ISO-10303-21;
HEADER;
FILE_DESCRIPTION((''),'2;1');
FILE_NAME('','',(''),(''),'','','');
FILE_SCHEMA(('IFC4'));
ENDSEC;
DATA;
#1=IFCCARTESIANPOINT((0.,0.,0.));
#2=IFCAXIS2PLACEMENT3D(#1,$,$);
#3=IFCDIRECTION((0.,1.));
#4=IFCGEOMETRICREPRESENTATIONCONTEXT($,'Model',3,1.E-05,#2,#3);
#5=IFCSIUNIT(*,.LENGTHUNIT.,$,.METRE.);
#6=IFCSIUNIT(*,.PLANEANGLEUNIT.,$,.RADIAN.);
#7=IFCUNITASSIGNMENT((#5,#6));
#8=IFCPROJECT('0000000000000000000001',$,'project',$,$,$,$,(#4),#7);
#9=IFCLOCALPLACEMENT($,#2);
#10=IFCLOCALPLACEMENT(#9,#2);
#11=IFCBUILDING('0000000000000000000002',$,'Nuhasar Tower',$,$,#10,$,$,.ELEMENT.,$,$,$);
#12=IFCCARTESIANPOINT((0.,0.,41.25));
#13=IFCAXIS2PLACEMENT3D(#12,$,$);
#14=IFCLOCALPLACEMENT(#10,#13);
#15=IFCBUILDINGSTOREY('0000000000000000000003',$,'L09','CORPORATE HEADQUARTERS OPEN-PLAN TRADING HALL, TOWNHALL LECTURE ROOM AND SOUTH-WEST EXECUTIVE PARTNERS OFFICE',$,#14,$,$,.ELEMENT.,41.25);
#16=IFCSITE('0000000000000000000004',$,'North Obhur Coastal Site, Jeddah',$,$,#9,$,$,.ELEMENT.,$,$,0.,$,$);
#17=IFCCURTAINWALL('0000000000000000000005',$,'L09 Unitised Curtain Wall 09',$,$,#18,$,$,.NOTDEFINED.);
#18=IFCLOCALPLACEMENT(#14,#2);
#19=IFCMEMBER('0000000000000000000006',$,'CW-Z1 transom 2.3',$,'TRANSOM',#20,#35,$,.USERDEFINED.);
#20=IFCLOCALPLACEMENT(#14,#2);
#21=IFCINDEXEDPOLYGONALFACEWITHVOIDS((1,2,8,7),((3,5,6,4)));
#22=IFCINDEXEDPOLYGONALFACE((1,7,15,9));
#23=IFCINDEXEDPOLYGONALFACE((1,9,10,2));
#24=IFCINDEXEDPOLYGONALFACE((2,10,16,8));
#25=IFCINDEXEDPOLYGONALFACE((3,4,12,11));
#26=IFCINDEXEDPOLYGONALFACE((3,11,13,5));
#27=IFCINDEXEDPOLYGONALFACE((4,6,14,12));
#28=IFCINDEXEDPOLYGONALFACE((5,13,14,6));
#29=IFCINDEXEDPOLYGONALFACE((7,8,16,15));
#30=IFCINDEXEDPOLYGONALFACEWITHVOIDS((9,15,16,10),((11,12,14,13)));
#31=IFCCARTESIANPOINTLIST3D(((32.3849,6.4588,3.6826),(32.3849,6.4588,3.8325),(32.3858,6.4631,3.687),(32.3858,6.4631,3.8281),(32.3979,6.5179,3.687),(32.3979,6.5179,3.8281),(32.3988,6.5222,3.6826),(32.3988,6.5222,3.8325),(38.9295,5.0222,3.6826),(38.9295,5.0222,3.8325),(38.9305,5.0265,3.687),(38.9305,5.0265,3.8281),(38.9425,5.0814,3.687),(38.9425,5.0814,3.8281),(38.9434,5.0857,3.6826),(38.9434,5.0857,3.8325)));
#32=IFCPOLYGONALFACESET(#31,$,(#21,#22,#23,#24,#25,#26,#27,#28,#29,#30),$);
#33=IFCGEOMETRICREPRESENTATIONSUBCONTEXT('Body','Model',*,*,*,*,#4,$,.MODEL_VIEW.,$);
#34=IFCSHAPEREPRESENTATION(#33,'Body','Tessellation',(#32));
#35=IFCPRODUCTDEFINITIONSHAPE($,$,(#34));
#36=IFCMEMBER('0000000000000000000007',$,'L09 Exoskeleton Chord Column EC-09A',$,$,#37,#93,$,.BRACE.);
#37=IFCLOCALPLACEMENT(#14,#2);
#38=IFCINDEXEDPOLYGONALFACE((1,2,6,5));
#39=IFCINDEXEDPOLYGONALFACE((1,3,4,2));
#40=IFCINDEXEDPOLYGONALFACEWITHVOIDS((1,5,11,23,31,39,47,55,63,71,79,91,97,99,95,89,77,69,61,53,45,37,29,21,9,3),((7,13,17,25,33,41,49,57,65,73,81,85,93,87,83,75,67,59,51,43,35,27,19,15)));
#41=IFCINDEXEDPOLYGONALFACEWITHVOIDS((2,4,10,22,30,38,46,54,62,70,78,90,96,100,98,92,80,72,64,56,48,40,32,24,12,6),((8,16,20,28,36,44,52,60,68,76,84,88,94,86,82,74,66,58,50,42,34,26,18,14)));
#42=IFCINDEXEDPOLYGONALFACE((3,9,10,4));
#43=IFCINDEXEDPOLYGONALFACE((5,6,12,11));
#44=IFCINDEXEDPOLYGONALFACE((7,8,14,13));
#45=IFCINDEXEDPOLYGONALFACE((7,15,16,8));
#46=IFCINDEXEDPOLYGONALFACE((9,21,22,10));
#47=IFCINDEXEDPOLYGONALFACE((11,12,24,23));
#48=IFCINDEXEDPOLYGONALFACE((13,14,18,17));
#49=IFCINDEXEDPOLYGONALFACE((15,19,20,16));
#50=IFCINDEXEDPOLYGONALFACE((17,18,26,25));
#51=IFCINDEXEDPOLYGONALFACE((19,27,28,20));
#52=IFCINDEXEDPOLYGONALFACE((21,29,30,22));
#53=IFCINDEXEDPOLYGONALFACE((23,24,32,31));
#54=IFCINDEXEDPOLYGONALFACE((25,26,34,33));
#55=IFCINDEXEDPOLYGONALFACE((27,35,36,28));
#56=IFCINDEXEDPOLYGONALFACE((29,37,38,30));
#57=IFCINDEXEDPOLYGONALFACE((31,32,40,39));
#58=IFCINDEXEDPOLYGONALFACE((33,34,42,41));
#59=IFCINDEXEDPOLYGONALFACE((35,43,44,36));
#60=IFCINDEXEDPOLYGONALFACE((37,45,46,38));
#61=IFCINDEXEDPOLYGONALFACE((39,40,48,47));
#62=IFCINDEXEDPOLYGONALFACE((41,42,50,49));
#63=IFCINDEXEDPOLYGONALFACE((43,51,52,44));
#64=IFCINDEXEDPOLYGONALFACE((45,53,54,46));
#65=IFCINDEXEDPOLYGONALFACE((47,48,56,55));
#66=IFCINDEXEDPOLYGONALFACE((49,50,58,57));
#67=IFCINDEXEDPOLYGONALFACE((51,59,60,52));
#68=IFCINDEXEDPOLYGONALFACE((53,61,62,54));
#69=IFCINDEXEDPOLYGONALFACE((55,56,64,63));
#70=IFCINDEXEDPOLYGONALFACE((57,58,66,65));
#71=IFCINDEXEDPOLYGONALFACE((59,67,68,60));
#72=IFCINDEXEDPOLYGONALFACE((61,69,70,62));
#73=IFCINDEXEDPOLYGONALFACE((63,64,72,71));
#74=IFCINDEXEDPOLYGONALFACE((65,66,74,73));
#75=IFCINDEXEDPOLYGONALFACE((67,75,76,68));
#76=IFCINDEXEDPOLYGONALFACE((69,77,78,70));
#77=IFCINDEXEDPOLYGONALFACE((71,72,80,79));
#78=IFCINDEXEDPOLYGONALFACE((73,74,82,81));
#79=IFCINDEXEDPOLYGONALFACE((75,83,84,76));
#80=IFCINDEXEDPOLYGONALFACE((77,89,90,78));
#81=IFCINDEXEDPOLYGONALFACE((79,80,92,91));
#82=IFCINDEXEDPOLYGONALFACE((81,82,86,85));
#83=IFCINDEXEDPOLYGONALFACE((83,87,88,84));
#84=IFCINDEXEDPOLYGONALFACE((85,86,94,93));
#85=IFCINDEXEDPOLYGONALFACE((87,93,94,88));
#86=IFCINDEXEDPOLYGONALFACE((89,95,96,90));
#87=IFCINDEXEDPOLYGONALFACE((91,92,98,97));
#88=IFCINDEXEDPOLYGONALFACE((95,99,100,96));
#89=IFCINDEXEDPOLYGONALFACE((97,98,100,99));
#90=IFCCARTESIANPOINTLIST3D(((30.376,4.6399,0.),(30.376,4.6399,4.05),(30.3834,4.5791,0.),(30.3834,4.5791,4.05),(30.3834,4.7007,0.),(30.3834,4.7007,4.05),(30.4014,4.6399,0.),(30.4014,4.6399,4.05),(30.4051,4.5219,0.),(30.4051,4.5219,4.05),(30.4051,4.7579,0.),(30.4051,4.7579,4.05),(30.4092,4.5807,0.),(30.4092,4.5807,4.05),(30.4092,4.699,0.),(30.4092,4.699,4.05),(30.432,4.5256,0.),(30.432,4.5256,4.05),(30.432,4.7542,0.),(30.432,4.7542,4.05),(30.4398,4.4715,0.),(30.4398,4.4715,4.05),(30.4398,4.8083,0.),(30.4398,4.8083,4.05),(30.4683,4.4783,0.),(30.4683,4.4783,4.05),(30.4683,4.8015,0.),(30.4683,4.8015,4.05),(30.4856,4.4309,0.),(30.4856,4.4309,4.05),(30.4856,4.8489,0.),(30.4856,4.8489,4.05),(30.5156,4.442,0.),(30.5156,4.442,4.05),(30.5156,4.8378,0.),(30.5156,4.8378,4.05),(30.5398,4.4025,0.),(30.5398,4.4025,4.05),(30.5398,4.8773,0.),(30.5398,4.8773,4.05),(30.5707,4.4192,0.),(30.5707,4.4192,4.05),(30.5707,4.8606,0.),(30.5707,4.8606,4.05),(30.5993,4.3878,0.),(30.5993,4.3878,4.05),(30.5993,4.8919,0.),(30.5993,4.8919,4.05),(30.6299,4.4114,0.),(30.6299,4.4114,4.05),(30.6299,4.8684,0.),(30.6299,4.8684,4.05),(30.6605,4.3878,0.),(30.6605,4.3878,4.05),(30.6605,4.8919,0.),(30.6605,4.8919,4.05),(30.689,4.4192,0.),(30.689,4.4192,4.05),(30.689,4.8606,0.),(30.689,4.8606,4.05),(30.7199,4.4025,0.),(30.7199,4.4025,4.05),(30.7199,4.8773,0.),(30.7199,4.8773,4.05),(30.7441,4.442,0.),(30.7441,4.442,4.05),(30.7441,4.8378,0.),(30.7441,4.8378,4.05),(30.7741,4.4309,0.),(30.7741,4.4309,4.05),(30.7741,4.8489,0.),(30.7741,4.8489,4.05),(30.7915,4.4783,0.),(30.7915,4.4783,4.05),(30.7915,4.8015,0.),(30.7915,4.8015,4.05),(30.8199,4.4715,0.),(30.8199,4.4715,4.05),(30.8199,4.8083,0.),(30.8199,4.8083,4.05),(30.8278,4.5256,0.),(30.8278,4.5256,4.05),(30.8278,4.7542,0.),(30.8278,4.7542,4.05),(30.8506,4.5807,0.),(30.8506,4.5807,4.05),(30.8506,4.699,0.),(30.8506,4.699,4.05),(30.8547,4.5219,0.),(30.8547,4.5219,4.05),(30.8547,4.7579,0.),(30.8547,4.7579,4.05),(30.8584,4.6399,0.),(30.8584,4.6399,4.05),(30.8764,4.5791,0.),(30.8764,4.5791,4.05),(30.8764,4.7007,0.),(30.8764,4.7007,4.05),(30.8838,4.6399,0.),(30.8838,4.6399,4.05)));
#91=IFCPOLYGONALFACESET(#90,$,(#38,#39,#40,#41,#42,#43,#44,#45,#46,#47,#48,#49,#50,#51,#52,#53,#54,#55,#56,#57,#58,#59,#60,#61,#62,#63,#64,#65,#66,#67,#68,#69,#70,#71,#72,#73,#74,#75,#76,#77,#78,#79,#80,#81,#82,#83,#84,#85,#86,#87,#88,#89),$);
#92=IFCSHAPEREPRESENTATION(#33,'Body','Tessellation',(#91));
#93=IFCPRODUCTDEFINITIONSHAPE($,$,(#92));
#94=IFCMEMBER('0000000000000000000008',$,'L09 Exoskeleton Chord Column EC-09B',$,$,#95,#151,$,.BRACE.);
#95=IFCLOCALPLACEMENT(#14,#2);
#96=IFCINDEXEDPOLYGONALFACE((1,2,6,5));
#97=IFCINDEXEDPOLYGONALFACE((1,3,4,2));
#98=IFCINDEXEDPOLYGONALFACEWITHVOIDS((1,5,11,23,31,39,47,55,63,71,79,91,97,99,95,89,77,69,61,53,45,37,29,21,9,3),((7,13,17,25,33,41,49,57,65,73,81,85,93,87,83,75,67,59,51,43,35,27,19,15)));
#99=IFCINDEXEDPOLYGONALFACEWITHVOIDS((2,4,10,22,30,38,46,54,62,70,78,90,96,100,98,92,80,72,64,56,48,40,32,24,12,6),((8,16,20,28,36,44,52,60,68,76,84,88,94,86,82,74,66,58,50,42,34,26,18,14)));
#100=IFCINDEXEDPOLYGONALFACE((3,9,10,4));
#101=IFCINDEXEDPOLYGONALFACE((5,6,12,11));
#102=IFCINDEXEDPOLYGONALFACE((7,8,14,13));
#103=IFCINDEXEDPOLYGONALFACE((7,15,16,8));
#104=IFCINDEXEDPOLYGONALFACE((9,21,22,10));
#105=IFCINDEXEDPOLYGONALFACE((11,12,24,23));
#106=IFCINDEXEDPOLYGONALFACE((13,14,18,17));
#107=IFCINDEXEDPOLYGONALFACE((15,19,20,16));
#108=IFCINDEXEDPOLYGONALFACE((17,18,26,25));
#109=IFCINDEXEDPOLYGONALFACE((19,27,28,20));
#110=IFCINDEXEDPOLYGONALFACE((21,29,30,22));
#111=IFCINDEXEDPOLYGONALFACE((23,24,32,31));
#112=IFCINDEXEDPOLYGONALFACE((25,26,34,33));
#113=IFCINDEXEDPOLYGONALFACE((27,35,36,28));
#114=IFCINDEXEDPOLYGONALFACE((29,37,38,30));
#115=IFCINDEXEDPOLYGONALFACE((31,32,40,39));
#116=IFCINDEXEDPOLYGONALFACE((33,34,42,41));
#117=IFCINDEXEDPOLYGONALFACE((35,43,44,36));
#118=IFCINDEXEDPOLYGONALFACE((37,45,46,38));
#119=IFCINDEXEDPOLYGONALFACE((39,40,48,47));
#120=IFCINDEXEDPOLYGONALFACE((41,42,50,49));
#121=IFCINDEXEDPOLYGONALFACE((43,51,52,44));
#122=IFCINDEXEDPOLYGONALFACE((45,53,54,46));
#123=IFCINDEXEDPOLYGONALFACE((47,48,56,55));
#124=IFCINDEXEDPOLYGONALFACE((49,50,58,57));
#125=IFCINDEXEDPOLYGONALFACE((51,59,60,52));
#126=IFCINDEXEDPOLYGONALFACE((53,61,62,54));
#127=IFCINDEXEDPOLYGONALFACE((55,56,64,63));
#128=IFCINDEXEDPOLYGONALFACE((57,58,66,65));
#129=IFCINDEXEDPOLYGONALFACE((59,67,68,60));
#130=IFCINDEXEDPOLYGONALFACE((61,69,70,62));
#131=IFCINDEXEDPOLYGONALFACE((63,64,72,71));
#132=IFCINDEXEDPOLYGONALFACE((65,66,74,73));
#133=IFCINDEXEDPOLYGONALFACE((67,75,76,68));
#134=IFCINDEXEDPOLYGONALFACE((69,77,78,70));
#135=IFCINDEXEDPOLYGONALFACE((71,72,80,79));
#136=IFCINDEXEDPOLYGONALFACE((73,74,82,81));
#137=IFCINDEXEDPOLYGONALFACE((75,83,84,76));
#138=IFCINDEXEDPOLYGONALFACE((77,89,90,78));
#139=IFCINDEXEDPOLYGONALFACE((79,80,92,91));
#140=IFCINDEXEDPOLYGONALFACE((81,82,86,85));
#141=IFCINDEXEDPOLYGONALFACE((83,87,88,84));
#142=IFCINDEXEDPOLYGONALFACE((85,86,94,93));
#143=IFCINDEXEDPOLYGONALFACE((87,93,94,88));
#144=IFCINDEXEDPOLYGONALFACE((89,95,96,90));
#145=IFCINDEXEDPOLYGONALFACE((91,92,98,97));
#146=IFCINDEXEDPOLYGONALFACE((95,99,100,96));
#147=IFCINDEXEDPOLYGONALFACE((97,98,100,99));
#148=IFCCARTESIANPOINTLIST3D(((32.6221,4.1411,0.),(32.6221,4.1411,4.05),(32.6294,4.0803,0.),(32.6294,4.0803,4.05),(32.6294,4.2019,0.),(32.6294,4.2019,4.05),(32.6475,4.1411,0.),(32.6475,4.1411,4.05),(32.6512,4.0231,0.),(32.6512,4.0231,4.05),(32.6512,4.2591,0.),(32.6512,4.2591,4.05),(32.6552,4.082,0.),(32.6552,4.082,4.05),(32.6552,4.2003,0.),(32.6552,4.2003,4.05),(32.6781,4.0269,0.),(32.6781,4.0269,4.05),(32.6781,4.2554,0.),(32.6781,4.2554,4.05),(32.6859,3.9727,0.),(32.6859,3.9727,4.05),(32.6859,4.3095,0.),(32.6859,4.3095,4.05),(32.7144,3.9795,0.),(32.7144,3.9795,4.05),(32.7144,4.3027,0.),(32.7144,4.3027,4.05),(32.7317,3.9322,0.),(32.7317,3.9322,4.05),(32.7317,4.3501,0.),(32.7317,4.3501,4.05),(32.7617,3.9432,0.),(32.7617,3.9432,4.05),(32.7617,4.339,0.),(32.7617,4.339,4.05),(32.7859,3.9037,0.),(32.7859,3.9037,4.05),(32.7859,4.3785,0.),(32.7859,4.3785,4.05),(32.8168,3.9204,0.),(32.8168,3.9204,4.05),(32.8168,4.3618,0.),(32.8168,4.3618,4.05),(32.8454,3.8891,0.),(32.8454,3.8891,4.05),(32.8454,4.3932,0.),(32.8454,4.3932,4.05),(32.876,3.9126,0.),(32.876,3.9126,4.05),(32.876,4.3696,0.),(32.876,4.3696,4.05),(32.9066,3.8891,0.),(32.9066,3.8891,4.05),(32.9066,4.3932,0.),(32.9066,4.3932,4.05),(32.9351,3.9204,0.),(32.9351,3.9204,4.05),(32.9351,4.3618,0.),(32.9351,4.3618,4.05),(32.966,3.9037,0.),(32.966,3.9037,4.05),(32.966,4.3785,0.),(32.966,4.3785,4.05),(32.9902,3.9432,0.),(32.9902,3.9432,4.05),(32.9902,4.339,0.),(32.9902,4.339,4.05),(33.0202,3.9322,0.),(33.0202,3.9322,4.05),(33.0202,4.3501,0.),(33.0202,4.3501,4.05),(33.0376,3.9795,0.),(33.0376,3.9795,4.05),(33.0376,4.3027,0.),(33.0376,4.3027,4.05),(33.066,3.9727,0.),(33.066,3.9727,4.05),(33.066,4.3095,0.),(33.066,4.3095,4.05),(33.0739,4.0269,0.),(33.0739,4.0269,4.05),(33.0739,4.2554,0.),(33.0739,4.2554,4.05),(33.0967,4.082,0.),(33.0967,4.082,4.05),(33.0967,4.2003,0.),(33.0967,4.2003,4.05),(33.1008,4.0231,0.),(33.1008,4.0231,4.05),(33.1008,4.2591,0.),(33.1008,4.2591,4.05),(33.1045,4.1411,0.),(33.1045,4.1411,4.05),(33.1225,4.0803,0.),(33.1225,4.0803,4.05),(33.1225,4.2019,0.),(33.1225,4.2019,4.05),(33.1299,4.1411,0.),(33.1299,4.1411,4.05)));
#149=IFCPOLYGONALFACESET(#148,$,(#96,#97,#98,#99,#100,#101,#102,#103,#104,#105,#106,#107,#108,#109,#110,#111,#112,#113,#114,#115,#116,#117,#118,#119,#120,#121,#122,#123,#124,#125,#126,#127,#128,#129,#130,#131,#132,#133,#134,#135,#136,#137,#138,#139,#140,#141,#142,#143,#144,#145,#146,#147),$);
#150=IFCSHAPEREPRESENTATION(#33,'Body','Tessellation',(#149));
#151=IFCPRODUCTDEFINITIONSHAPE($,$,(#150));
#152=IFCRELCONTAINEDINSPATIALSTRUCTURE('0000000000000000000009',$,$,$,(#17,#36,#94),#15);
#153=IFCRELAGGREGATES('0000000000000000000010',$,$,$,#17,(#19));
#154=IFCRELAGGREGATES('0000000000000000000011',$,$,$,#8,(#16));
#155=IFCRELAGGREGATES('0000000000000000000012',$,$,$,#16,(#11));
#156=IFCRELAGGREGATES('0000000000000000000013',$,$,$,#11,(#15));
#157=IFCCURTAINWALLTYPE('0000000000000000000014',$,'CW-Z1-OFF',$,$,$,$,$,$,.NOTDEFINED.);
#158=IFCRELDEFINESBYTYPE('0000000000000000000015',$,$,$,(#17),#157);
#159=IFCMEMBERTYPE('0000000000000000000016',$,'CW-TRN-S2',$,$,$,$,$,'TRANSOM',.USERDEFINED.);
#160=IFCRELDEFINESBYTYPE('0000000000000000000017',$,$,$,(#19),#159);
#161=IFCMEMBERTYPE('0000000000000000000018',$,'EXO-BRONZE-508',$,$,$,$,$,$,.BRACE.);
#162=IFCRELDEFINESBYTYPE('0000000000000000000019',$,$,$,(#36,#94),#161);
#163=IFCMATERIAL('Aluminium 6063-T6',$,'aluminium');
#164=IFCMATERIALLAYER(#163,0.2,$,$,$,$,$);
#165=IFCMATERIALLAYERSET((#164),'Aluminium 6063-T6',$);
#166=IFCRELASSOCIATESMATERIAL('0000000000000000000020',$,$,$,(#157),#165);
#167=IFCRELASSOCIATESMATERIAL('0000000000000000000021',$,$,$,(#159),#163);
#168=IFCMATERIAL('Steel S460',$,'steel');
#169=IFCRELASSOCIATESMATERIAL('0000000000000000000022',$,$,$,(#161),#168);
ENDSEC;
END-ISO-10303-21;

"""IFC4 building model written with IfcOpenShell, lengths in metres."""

from ifc_helpers import new_model, si_unit, direction, frame, origin, origin_2d, place, context, subcontext, project, spatial, hollow_rectangle, hollow_circle, extrude, material, layer, layer_set, material_profile, profile_set, type_object, element, aggregate, save


model = new_model("IFC4")

# Units and contexts
model_context = context("Model", 3, precision=1e-05, world=origin(), true_north=direction((0.0, 1.0)))
body_context = subcontext(model_context, "Body", "Model", "MODEL_VIEW")
ifc_project = project(units=[si_unit("LENGTHUNIT", "METRE"), si_unit("PLANEANGLEUNIT", "RADIAN")], contexts=[model_context])

# Site, building, storey
site_placement = place(None, origin())
site = spatial("IfcSite", under=ifc_project, at=site_placement, Name="North Obhur Coastal Site, Jeddah", CompositionType="ELEMENT", RefElevation=0.0)
building_placement = place(site_placement, origin())
building = spatial("IfcBuilding", under=site, at=building_placement, Name="Nuhasar Tower", CompositionType="ELEMENT")
storey_placement = place(building_placement, frame((0.0, 0.0, 41.25)))
storey = spatial("IfcBuildingStorey", under=building, at=storey_placement, Name="L09", Description="CORPORATE HEADQUARTERS OPEN-PLAN TRADING HALL, TOWNHALL LECTURE ROOM AND SOUTH-WEST EXECUTIVE PARTNERS OFFICE", CompositionType="ELEMENT", Elevation=41.25)

# Curtain wall, member
ifc_material_1 = material(Name="Aluminium 6063-T6", Category="aluminium")
ifc_layer_1 = layer(ifc_material_1, 0.2)
ifc_layer_set_1 = layer_set([ifc_layer_1], Name="Aluminium 6063-T6")
curtain_wall_type = type_object("IfcCurtainWallType", Name="CW-Z1-OFF", PredefinedType="NOTDEFINED", material=ifc_layer_set_1)
curtain_wall_placement = place(storey_placement, origin())
curtain_wall = element("IfcCurtainWall", 1, at=curtain_wall_placement, inside=storey, type_object=curtain_wall_type, Name="L09 Unitised Curtain Wall 09", PredefinedType="NOTDEFINED")
ifc_material_profile_1 = material_profile(ifc_material_1, hollow_rectangle(XDim=0.0649, YDim=0.1499, WallThickness=0.0044, at=origin_2d()), Name="CWT-2")
ifc_profile_set_1 = profile_set([ifc_material_profile_1], Name="Aluminium 6063-T6")
member_type_1 = type_object("IfcMemberType", Name="CW-TRN-S2", ElementType="TRANSOM", PredefinedType="USERDEFINED", material=ifc_profile_set_1)
member_1_placement = place(storey_placement, frame((32.3918, 6.4905, 3.7576), z_axis=(0.976748, -0.214391, 0.0), x_axis=(0.214391, 0.976748, 0.0)))
member_1 = element("IfcMember", 2, at=member_1_placement, type_object=member_type_1, Name="CW-Z1 transom 2.3", ObjectType="TRANSOM", PredefinedType="USERDEFINED", context=body_context, shape_type="SweptSolid", body=[
    extrude(hollow_rectangle(XDim=0.0649, YDim=0.1499, WallThickness=0.0044, at=origin_2d()), origin(), (0.0, 0.0, 1.0), 6.7004),
])

# Members
ifc_material_2 = material(Name="Steel S460", Category="steel")
ifc_material_profile_2 = material_profile(ifc_material_2, hollow_circle(Radius=0.2539, WallThickness=0.0254, at=origin_2d()), Name="HSS508X25.4")
ifc_profile_set_2 = profile_set([ifc_material_profile_2], Name="Steel S460")
member_type_2 = type_object("IfcMemberType", Name="EXO-BRONZE-508", PredefinedType="BRACE", material=ifc_profile_set_2)
for number, where, z_axis, x_axis, name in (
    (3, (30.6299, 4.6399, 0.0), (0.0, 0.0, 1.0), (1.0, 0.0, 0.0), "L09 Exoskeleton Chord Column EC-09A"),
    (4, (32.876, 4.1411, 0.0), (0.0, 0.0, 1.0), (1.0, 0.0, 0.0), "L09 Exoskeleton Chord Column EC-09B"),
):
    element("IfcMember", number, at=place(storey_placement, frame(where, z_axis=z_axis, x_axis=x_axis)), inside=storey, type_object=member_type_2, Name=name, PredefinedType="BRACE", context=body_context, shape_type="SweptSolid", body=[
        extrude(hollow_circle(Radius=0.2539, WallThickness=0.0254, at=origin_2d()), origin(), (0.0, 0.0, 1.0), 4.05),
    ])

aggregate(curtain_wall, [member_1])

save(model, "model.ifc")
